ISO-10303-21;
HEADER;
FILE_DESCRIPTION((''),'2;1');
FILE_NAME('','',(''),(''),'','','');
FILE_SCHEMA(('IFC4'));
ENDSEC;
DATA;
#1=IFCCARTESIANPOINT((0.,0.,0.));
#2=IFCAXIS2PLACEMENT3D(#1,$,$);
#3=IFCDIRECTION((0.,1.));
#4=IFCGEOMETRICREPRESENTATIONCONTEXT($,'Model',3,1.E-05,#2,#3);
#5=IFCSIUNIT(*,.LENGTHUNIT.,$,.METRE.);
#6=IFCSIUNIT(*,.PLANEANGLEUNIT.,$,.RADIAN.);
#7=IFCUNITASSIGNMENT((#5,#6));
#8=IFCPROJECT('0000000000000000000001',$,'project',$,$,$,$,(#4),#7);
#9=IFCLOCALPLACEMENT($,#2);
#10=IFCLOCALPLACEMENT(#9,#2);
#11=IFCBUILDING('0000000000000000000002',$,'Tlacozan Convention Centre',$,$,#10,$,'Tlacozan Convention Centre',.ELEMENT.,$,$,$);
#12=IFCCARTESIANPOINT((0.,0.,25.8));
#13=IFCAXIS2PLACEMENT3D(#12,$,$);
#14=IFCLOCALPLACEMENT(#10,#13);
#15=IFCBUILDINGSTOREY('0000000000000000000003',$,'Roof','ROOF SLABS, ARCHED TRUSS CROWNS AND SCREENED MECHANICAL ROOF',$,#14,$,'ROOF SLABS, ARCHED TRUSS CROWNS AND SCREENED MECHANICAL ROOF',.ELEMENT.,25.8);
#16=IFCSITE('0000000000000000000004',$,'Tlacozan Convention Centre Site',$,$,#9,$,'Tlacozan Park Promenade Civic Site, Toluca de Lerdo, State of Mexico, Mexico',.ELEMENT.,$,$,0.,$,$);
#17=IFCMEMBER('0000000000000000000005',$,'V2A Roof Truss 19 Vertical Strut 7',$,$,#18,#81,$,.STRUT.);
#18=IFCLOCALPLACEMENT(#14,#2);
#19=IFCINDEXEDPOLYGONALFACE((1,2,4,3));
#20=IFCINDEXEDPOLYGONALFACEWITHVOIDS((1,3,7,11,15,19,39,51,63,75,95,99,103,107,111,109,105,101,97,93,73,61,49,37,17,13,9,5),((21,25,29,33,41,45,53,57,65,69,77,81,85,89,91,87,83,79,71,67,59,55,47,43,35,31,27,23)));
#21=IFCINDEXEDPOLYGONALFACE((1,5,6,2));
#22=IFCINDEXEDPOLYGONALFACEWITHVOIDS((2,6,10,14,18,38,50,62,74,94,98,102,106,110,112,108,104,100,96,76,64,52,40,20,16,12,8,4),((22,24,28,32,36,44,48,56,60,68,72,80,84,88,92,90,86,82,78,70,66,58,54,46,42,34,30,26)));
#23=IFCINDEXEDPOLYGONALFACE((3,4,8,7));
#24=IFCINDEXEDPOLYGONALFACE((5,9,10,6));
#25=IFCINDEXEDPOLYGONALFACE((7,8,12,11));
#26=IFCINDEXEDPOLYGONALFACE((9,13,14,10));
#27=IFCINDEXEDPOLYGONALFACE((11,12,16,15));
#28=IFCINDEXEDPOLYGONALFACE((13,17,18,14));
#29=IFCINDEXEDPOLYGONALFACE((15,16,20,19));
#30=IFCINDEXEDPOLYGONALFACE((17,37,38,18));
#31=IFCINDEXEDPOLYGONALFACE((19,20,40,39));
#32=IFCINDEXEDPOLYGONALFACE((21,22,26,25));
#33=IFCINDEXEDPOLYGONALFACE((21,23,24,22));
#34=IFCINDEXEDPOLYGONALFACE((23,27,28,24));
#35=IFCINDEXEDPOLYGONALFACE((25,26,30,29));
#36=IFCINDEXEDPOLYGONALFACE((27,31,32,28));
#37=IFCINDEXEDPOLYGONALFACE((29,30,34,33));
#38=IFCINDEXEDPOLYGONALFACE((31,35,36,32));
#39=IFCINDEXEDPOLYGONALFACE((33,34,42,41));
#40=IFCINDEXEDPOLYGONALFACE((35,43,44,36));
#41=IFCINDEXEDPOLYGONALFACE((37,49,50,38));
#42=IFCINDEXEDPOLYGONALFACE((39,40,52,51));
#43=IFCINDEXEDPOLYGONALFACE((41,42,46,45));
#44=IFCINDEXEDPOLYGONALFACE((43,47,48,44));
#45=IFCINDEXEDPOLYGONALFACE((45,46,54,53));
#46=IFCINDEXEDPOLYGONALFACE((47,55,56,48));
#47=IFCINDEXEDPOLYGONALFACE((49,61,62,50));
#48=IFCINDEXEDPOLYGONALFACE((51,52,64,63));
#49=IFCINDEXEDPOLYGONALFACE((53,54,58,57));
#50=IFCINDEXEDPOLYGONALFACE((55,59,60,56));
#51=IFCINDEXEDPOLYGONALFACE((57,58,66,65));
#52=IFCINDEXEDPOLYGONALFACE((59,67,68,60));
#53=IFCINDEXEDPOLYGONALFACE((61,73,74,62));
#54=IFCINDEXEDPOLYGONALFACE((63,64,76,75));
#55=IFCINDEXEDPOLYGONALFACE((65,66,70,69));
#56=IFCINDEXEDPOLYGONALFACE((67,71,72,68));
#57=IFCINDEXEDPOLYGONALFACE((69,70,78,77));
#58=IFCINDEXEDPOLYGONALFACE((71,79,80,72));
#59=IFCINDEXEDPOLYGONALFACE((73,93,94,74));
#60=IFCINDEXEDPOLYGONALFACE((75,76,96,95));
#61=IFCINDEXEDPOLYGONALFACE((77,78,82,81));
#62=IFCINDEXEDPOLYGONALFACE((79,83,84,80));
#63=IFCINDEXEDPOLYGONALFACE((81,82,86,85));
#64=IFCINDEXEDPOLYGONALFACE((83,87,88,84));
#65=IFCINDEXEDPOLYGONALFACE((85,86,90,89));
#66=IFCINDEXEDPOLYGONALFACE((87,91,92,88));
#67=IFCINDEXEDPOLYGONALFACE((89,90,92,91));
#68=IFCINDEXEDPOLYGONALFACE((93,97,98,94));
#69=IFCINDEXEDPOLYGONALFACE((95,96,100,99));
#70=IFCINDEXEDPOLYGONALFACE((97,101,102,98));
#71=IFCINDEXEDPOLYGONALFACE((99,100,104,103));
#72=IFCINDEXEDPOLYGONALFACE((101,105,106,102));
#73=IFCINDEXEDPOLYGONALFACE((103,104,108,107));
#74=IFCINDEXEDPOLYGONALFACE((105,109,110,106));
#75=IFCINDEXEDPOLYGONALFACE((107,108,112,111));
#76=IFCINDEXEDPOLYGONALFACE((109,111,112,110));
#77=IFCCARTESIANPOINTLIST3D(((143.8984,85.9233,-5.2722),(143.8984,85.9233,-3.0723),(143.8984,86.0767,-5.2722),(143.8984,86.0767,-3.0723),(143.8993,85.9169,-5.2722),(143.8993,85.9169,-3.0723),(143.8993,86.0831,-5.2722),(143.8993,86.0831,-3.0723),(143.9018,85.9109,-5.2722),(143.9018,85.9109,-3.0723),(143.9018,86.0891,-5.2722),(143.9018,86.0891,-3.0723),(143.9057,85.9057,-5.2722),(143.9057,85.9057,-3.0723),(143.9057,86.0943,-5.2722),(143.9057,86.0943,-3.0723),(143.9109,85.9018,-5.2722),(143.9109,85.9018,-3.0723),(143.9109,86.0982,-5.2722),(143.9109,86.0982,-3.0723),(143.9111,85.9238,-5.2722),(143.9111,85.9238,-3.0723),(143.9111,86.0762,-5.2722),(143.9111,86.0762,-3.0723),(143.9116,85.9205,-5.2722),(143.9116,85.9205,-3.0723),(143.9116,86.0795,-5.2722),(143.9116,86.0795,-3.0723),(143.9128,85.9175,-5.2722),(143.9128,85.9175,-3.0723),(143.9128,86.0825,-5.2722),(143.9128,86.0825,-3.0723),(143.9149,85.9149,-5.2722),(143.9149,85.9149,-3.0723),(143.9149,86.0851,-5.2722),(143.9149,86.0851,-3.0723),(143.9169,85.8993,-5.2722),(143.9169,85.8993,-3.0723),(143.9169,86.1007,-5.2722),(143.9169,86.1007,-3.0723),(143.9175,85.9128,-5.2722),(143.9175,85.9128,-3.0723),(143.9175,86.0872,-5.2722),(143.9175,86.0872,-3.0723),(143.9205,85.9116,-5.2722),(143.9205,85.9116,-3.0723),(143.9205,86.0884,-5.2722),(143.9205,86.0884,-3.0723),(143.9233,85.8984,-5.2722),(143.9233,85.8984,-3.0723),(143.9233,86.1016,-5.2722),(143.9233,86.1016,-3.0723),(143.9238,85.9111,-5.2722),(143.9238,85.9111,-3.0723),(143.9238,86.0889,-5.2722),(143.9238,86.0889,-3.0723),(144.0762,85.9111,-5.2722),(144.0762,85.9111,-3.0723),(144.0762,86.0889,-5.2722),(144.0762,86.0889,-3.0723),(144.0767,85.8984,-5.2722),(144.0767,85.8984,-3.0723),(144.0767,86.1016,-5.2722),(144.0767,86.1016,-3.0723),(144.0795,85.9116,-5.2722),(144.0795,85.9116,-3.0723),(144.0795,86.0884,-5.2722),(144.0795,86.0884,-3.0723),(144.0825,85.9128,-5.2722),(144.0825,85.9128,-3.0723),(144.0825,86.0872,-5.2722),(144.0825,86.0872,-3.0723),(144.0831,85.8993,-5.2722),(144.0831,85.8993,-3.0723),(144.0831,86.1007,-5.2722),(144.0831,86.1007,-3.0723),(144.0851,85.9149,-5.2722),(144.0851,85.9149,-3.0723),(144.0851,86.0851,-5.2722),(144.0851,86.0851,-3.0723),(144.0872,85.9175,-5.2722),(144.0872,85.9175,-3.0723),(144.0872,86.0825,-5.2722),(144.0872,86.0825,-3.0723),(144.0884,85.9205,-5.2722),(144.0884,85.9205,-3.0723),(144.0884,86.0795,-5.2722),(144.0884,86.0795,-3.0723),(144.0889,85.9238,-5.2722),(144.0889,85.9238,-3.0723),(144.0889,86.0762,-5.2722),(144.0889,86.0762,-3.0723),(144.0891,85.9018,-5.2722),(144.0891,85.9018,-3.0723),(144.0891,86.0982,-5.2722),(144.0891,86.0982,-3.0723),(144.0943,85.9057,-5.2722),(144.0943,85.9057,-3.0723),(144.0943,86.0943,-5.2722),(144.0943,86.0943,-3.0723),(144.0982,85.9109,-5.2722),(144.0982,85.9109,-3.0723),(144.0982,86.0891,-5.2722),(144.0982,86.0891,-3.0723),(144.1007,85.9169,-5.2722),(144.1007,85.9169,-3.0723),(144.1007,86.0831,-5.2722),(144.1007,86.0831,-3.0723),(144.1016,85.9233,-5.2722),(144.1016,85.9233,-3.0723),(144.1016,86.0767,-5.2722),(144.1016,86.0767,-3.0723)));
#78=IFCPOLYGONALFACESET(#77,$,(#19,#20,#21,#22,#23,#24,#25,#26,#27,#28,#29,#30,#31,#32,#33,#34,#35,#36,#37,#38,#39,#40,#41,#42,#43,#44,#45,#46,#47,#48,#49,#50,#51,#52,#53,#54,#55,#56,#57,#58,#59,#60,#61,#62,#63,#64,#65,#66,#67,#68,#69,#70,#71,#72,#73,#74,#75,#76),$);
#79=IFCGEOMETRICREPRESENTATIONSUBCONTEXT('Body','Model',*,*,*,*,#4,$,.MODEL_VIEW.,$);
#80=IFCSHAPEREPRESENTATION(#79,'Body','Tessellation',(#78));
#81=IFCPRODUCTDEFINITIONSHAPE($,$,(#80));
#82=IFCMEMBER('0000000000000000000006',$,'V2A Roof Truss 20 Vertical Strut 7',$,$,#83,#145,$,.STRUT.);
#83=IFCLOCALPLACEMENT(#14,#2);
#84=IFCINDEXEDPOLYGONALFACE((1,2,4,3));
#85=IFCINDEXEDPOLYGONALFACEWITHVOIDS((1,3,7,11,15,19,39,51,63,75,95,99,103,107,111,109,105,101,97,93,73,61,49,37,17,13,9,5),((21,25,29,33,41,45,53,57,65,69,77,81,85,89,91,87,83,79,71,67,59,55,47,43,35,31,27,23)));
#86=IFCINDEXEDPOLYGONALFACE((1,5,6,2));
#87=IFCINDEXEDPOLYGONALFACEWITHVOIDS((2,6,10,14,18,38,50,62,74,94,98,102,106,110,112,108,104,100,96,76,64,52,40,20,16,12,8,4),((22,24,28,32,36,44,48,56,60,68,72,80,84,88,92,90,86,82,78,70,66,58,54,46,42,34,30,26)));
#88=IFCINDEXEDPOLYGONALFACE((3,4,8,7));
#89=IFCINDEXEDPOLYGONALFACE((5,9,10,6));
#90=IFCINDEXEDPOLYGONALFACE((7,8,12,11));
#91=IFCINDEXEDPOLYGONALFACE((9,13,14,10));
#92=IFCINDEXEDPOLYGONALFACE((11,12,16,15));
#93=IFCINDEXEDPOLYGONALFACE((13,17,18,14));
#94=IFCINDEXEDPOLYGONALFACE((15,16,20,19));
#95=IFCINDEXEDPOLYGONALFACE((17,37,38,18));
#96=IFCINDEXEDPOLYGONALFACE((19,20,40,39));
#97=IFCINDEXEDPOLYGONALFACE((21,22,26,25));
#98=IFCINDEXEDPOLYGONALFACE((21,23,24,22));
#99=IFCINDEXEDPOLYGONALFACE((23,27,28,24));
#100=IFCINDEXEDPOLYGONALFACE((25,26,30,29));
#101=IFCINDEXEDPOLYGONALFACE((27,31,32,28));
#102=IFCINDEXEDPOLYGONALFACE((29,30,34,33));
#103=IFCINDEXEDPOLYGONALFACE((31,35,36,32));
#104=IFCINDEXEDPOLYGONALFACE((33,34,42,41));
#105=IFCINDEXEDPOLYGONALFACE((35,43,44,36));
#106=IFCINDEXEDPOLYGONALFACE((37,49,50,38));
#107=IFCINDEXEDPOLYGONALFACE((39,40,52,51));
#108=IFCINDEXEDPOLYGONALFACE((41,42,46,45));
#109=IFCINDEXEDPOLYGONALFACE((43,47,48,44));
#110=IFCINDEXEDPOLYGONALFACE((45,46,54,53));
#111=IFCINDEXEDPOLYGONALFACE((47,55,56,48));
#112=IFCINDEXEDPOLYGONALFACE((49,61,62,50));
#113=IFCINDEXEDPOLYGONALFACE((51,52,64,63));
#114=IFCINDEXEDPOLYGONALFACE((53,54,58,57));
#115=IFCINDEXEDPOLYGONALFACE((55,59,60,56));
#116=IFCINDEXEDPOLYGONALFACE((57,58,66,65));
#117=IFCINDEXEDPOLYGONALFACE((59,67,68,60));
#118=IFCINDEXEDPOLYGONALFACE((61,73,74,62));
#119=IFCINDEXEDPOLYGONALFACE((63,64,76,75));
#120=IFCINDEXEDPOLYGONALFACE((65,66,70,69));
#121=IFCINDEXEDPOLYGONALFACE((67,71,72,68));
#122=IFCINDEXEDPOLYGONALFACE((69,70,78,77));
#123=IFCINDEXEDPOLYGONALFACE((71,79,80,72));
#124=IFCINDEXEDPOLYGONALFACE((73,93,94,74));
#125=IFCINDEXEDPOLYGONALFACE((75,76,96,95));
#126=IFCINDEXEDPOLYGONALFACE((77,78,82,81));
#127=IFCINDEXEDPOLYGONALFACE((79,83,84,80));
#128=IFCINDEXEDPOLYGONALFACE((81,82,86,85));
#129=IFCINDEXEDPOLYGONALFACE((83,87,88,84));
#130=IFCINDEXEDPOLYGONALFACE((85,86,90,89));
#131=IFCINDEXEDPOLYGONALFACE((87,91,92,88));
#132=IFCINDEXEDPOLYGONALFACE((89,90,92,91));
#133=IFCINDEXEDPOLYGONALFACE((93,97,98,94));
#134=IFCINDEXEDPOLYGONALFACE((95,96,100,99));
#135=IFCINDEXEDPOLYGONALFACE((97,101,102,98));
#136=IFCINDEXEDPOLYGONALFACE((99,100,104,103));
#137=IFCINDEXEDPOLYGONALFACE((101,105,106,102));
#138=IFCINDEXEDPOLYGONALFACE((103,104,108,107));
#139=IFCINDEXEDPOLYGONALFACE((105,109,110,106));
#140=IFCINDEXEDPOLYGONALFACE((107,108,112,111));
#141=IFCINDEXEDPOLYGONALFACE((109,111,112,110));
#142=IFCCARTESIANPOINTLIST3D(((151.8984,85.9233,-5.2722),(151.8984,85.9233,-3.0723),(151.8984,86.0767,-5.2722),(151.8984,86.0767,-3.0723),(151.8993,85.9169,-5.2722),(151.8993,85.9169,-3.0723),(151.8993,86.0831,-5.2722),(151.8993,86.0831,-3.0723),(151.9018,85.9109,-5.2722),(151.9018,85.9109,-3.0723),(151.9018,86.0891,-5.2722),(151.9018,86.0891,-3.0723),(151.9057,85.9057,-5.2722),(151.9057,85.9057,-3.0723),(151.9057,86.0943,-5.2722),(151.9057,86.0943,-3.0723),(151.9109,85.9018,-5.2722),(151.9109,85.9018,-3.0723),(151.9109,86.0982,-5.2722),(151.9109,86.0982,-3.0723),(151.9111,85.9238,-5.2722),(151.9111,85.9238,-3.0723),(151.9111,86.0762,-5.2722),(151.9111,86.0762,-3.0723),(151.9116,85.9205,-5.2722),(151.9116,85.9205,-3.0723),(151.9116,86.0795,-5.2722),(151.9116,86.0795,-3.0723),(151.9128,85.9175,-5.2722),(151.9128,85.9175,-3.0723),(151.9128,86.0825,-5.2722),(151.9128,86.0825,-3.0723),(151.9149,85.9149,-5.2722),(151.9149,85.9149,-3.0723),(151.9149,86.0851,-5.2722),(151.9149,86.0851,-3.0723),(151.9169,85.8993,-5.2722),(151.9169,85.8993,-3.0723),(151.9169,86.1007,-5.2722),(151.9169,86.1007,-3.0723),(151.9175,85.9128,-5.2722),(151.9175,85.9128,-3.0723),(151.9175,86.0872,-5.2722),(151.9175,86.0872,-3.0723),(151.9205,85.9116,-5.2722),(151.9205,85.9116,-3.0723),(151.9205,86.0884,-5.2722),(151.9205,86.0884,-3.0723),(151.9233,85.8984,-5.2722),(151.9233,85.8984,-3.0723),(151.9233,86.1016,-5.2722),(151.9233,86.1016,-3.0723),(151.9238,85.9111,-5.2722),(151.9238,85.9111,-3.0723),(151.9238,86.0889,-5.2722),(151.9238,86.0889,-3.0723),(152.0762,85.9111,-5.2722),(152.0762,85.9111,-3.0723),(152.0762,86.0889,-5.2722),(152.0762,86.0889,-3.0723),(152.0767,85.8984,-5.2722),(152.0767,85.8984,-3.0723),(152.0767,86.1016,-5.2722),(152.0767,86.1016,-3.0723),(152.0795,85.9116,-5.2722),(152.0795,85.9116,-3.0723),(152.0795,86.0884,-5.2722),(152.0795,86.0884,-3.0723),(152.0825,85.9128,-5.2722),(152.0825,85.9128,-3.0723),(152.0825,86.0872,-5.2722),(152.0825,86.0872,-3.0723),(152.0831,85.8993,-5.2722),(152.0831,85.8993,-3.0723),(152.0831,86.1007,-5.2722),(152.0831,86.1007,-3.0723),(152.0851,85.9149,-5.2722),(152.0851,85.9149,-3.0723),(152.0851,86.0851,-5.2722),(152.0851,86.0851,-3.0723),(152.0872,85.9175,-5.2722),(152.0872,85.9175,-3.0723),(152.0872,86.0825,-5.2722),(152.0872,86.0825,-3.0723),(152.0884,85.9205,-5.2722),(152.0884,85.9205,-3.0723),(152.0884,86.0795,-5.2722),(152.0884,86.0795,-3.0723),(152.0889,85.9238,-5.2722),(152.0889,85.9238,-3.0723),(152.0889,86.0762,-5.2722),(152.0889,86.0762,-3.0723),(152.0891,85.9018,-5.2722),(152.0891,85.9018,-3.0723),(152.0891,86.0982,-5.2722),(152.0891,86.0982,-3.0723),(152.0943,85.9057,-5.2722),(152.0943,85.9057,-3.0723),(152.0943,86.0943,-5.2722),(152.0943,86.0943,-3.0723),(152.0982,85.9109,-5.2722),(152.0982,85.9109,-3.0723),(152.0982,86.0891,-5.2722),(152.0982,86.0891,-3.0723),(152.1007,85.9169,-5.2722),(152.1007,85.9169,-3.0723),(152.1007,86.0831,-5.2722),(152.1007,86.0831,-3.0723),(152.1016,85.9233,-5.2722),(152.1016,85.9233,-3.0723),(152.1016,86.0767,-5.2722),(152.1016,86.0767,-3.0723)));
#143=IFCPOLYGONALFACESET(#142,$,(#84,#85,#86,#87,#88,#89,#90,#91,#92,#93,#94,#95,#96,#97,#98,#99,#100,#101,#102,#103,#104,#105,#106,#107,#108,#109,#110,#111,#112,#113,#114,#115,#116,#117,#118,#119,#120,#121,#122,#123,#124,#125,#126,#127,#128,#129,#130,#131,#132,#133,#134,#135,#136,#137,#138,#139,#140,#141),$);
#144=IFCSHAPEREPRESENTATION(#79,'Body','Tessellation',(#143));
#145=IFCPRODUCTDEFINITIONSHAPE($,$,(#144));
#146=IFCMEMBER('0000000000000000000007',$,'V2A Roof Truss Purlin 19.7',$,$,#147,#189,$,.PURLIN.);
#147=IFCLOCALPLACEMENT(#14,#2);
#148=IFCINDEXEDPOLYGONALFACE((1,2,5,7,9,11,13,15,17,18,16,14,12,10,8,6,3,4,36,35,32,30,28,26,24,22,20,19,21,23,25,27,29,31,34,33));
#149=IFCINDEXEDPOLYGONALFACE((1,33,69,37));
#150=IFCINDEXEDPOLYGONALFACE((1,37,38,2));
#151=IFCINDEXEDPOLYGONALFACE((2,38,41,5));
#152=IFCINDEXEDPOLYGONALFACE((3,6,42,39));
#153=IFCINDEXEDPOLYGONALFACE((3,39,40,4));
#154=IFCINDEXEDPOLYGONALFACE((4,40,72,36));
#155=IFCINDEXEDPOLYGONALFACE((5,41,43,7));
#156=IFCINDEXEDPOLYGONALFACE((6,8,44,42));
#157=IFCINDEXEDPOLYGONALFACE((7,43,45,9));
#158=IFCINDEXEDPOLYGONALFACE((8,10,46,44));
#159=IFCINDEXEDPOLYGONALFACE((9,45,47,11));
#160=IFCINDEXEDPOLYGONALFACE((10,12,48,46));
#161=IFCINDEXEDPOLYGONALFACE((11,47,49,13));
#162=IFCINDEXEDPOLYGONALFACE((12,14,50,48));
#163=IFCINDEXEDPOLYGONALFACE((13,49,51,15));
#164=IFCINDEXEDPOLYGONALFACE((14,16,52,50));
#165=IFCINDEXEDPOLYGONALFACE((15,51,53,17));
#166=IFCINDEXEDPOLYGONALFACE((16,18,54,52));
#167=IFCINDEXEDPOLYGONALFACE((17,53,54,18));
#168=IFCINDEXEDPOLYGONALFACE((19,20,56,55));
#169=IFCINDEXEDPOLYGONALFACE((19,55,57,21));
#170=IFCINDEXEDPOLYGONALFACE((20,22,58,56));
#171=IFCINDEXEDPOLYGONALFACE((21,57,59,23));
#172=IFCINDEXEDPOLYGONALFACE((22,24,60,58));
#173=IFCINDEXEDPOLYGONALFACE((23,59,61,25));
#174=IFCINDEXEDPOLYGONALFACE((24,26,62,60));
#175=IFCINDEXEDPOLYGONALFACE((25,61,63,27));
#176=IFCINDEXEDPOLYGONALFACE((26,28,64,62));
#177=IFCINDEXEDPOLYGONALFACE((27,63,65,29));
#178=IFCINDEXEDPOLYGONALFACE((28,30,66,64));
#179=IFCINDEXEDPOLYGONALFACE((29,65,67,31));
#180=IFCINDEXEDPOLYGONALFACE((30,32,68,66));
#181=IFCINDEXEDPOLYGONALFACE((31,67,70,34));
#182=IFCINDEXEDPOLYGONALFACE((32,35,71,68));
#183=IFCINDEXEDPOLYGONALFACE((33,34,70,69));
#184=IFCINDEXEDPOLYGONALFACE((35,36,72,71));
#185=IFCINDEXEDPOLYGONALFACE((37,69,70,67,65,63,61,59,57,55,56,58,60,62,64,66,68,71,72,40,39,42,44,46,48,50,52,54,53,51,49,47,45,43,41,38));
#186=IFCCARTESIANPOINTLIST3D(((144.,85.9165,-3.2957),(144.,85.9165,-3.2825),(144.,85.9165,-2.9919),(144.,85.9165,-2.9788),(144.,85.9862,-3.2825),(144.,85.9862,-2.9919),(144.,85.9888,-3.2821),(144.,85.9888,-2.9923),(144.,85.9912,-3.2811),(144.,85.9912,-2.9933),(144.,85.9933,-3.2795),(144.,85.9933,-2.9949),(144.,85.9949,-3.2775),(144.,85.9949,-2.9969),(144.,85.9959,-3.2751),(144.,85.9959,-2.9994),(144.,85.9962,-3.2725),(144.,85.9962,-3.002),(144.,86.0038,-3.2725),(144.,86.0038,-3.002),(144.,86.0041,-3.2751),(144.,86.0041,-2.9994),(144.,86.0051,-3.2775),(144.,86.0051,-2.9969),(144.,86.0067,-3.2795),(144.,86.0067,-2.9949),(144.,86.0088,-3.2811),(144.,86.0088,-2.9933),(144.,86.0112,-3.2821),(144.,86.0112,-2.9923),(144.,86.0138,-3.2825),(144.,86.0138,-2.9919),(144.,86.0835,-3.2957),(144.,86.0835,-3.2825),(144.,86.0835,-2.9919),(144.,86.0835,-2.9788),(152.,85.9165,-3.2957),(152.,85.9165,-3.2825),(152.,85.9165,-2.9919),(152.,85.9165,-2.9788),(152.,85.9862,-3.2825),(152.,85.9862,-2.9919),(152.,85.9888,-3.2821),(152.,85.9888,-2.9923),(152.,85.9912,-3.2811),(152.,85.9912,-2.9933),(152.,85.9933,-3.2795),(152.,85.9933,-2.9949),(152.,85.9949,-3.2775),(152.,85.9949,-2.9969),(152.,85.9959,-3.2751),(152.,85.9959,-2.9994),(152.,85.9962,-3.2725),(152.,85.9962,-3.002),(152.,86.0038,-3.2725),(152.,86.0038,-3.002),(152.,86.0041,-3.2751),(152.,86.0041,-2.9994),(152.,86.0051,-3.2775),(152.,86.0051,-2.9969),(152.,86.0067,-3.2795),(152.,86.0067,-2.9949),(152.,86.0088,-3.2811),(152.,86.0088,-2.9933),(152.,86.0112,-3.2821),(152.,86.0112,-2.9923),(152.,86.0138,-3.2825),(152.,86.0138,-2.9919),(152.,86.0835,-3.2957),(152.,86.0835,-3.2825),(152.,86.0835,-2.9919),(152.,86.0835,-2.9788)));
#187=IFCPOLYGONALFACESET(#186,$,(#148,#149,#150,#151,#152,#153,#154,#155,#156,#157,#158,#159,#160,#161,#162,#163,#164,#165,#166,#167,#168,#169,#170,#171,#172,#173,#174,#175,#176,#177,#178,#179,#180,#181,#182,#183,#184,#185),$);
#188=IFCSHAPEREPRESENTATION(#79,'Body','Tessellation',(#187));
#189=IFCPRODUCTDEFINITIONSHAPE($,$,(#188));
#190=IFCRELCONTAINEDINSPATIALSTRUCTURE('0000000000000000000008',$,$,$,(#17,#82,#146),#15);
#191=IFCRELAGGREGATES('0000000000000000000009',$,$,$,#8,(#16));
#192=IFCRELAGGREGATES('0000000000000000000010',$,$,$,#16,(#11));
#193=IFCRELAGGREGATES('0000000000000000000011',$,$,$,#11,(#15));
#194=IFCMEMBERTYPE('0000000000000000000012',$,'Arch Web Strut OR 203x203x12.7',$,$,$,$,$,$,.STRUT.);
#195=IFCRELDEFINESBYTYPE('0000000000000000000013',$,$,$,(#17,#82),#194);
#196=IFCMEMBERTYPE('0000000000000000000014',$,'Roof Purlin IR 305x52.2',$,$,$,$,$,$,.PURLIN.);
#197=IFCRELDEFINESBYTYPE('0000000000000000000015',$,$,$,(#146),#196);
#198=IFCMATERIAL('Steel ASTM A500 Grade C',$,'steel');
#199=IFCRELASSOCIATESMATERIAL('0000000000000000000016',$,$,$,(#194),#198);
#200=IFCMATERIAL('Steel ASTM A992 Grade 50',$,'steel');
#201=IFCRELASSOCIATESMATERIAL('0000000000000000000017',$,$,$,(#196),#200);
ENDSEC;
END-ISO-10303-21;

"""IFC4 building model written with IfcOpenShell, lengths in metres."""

from ifc_helpers import new_model, si_unit, direction, frame, origin, origin_2d, place, context, subcontext, project, spatial, hollow_rectangle, i_section, extrude, material, material_profile, profile_set, type_object, element, save


model = new_model("IFC4")

# Units and contexts
model_context = context("Model", 3, precision=1e-05, world=origin(), true_north=direction((0.0, 1.0)))
body_context = subcontext(model_context, "Body", "Model", "MODEL_VIEW")
ifc_project = project(units=[si_unit("LENGTHUNIT", "METRE"), si_unit("PLANEANGLEUNIT", "RADIAN")], contexts=[model_context])

# Site, building, storey
site_placement = place(None, origin())
site = spatial("IfcSite", under=ifc_project, at=site_placement, Name="Tlacozan Convention Centre Site", LongName="Tlacozan Park Promenade Civic Site, Toluca de Lerdo, State of Mexico, Mexico", CompositionType="ELEMENT", RefElevation=0.0)
building_placement = place(site_placement, origin())
building = spatial("IfcBuilding", under=site, at=building_placement, Name="Tlacozan Convention Centre", LongName="Tlacozan Convention Centre", CompositionType="ELEMENT")
storey_placement = place(building_placement, frame((0.0, 0.0, 25.8)))
storey = spatial("IfcBuildingStorey", under=building, at=storey_placement, Name="Roof", Description="ROOF SLABS, ARCHED TRUSS CROWNS AND SCREENED MECHANICAL ROOF", LongName="ROOF SLABS, ARCHED TRUSS CROWNS AND SCREENED MECHANICAL ROOF", CompositionType="ELEMENT", Elevation=25.8)

# Members
ifc_material_1 = material(Name="Steel ASTM A500 Grade C", Category="steel")
ifc_material_profile_1 = material_profile(ifc_material_1, hollow_rectangle(XDim=0.2031, YDim=0.2031, WallThickness=0.0127, InnerFilletRadius=0.0127, OuterFilletRadius=0.0249, at=origin_2d()), Name="OR 203x203x12.7")
ifc_profile_set_1 = profile_set([ifc_material_profile_1], Name="Steel ASTM A500 Grade C")
member_type_1 = type_object("IfcMemberType", Name="Arch Web Strut OR 203x203x12.7", PredefinedType="STRUT", material=ifc_profile_set_1)
for number, where, z_axis, x_axis, name in (
    (1, (144.0, 86.0, -5.2722), (0.0, 0.0, 1.0), (1.0, 0.0, 0.0), "V2A Roof Truss 19 Vertical Strut 7"),
    (2, (152.0, 86.0, -5.2722), (0.0, 0.0, 1.0), (1.0, 0.0, 0.0), "V2A Roof Truss 20 Vertical Strut 7"),
):
    element("IfcMember", number, at=place(storey_placement, frame(where, z_axis=z_axis, x_axis=x_axis)), inside=storey, type_object=member_type_1, Name=name, PredefinedType="STRUT", context=body_context, shape_type="SweptSolid", body=[
        extrude(hollow_rectangle(XDim=0.2031, YDim=0.2031, WallThickness=0.0127, InnerFilletRadius=0.0127, OuterFilletRadius=0.0249, at=origin_2d()), origin(), (0.0, 0.0, 1.0), 2.2),
    ])
ifc_material_2 = material(Name="Steel ASTM A992 Grade 50", Category="steel")
ifc_material_profile_2 = material_profile(ifc_material_2, i_section(OverallWidth=0.167, OverallDepth=0.3169, WebThickness=0.0076, FlangeThickness=0.0132, FilletRadius=0.01, at=origin_2d()), Name="IR 305x52.2")
ifc_profile_set_2 = profile_set([ifc_material_profile_2], Name="Steel ASTM A992 Grade 50")
member_type_2 = type_object("IfcMemberType", Name="Roof Purlin IR 305x52.2", PredefinedType="PURLIN", material=ifc_profile_set_2)
for number, where, z_axis, x_axis, name in (
    (3, (144.0, 86.0, -3.1372), (1.0, 0.0, 0.0), (0.0, 1.0, 0.0), "V2A Roof Truss Purlin 19.7"),
):
    element("IfcMember", number, at=place(storey_placement, frame(where, z_axis=z_axis, x_axis=x_axis)), inside=storey, type_object=member_type_2, Name=name, PredefinedType="PURLIN", context=body_context, shape_type="SweptSolid", body=[
        extrude(i_section(OverallWidth=0.167, OverallDepth=0.3169, WebThickness=0.0076, FlangeThickness=0.0132, FilletRadius=0.01, at=origin_2d()), origin(), (0.0, 0.0, 1.0), 8.0),
    ])

save(model, "model.ifc")
